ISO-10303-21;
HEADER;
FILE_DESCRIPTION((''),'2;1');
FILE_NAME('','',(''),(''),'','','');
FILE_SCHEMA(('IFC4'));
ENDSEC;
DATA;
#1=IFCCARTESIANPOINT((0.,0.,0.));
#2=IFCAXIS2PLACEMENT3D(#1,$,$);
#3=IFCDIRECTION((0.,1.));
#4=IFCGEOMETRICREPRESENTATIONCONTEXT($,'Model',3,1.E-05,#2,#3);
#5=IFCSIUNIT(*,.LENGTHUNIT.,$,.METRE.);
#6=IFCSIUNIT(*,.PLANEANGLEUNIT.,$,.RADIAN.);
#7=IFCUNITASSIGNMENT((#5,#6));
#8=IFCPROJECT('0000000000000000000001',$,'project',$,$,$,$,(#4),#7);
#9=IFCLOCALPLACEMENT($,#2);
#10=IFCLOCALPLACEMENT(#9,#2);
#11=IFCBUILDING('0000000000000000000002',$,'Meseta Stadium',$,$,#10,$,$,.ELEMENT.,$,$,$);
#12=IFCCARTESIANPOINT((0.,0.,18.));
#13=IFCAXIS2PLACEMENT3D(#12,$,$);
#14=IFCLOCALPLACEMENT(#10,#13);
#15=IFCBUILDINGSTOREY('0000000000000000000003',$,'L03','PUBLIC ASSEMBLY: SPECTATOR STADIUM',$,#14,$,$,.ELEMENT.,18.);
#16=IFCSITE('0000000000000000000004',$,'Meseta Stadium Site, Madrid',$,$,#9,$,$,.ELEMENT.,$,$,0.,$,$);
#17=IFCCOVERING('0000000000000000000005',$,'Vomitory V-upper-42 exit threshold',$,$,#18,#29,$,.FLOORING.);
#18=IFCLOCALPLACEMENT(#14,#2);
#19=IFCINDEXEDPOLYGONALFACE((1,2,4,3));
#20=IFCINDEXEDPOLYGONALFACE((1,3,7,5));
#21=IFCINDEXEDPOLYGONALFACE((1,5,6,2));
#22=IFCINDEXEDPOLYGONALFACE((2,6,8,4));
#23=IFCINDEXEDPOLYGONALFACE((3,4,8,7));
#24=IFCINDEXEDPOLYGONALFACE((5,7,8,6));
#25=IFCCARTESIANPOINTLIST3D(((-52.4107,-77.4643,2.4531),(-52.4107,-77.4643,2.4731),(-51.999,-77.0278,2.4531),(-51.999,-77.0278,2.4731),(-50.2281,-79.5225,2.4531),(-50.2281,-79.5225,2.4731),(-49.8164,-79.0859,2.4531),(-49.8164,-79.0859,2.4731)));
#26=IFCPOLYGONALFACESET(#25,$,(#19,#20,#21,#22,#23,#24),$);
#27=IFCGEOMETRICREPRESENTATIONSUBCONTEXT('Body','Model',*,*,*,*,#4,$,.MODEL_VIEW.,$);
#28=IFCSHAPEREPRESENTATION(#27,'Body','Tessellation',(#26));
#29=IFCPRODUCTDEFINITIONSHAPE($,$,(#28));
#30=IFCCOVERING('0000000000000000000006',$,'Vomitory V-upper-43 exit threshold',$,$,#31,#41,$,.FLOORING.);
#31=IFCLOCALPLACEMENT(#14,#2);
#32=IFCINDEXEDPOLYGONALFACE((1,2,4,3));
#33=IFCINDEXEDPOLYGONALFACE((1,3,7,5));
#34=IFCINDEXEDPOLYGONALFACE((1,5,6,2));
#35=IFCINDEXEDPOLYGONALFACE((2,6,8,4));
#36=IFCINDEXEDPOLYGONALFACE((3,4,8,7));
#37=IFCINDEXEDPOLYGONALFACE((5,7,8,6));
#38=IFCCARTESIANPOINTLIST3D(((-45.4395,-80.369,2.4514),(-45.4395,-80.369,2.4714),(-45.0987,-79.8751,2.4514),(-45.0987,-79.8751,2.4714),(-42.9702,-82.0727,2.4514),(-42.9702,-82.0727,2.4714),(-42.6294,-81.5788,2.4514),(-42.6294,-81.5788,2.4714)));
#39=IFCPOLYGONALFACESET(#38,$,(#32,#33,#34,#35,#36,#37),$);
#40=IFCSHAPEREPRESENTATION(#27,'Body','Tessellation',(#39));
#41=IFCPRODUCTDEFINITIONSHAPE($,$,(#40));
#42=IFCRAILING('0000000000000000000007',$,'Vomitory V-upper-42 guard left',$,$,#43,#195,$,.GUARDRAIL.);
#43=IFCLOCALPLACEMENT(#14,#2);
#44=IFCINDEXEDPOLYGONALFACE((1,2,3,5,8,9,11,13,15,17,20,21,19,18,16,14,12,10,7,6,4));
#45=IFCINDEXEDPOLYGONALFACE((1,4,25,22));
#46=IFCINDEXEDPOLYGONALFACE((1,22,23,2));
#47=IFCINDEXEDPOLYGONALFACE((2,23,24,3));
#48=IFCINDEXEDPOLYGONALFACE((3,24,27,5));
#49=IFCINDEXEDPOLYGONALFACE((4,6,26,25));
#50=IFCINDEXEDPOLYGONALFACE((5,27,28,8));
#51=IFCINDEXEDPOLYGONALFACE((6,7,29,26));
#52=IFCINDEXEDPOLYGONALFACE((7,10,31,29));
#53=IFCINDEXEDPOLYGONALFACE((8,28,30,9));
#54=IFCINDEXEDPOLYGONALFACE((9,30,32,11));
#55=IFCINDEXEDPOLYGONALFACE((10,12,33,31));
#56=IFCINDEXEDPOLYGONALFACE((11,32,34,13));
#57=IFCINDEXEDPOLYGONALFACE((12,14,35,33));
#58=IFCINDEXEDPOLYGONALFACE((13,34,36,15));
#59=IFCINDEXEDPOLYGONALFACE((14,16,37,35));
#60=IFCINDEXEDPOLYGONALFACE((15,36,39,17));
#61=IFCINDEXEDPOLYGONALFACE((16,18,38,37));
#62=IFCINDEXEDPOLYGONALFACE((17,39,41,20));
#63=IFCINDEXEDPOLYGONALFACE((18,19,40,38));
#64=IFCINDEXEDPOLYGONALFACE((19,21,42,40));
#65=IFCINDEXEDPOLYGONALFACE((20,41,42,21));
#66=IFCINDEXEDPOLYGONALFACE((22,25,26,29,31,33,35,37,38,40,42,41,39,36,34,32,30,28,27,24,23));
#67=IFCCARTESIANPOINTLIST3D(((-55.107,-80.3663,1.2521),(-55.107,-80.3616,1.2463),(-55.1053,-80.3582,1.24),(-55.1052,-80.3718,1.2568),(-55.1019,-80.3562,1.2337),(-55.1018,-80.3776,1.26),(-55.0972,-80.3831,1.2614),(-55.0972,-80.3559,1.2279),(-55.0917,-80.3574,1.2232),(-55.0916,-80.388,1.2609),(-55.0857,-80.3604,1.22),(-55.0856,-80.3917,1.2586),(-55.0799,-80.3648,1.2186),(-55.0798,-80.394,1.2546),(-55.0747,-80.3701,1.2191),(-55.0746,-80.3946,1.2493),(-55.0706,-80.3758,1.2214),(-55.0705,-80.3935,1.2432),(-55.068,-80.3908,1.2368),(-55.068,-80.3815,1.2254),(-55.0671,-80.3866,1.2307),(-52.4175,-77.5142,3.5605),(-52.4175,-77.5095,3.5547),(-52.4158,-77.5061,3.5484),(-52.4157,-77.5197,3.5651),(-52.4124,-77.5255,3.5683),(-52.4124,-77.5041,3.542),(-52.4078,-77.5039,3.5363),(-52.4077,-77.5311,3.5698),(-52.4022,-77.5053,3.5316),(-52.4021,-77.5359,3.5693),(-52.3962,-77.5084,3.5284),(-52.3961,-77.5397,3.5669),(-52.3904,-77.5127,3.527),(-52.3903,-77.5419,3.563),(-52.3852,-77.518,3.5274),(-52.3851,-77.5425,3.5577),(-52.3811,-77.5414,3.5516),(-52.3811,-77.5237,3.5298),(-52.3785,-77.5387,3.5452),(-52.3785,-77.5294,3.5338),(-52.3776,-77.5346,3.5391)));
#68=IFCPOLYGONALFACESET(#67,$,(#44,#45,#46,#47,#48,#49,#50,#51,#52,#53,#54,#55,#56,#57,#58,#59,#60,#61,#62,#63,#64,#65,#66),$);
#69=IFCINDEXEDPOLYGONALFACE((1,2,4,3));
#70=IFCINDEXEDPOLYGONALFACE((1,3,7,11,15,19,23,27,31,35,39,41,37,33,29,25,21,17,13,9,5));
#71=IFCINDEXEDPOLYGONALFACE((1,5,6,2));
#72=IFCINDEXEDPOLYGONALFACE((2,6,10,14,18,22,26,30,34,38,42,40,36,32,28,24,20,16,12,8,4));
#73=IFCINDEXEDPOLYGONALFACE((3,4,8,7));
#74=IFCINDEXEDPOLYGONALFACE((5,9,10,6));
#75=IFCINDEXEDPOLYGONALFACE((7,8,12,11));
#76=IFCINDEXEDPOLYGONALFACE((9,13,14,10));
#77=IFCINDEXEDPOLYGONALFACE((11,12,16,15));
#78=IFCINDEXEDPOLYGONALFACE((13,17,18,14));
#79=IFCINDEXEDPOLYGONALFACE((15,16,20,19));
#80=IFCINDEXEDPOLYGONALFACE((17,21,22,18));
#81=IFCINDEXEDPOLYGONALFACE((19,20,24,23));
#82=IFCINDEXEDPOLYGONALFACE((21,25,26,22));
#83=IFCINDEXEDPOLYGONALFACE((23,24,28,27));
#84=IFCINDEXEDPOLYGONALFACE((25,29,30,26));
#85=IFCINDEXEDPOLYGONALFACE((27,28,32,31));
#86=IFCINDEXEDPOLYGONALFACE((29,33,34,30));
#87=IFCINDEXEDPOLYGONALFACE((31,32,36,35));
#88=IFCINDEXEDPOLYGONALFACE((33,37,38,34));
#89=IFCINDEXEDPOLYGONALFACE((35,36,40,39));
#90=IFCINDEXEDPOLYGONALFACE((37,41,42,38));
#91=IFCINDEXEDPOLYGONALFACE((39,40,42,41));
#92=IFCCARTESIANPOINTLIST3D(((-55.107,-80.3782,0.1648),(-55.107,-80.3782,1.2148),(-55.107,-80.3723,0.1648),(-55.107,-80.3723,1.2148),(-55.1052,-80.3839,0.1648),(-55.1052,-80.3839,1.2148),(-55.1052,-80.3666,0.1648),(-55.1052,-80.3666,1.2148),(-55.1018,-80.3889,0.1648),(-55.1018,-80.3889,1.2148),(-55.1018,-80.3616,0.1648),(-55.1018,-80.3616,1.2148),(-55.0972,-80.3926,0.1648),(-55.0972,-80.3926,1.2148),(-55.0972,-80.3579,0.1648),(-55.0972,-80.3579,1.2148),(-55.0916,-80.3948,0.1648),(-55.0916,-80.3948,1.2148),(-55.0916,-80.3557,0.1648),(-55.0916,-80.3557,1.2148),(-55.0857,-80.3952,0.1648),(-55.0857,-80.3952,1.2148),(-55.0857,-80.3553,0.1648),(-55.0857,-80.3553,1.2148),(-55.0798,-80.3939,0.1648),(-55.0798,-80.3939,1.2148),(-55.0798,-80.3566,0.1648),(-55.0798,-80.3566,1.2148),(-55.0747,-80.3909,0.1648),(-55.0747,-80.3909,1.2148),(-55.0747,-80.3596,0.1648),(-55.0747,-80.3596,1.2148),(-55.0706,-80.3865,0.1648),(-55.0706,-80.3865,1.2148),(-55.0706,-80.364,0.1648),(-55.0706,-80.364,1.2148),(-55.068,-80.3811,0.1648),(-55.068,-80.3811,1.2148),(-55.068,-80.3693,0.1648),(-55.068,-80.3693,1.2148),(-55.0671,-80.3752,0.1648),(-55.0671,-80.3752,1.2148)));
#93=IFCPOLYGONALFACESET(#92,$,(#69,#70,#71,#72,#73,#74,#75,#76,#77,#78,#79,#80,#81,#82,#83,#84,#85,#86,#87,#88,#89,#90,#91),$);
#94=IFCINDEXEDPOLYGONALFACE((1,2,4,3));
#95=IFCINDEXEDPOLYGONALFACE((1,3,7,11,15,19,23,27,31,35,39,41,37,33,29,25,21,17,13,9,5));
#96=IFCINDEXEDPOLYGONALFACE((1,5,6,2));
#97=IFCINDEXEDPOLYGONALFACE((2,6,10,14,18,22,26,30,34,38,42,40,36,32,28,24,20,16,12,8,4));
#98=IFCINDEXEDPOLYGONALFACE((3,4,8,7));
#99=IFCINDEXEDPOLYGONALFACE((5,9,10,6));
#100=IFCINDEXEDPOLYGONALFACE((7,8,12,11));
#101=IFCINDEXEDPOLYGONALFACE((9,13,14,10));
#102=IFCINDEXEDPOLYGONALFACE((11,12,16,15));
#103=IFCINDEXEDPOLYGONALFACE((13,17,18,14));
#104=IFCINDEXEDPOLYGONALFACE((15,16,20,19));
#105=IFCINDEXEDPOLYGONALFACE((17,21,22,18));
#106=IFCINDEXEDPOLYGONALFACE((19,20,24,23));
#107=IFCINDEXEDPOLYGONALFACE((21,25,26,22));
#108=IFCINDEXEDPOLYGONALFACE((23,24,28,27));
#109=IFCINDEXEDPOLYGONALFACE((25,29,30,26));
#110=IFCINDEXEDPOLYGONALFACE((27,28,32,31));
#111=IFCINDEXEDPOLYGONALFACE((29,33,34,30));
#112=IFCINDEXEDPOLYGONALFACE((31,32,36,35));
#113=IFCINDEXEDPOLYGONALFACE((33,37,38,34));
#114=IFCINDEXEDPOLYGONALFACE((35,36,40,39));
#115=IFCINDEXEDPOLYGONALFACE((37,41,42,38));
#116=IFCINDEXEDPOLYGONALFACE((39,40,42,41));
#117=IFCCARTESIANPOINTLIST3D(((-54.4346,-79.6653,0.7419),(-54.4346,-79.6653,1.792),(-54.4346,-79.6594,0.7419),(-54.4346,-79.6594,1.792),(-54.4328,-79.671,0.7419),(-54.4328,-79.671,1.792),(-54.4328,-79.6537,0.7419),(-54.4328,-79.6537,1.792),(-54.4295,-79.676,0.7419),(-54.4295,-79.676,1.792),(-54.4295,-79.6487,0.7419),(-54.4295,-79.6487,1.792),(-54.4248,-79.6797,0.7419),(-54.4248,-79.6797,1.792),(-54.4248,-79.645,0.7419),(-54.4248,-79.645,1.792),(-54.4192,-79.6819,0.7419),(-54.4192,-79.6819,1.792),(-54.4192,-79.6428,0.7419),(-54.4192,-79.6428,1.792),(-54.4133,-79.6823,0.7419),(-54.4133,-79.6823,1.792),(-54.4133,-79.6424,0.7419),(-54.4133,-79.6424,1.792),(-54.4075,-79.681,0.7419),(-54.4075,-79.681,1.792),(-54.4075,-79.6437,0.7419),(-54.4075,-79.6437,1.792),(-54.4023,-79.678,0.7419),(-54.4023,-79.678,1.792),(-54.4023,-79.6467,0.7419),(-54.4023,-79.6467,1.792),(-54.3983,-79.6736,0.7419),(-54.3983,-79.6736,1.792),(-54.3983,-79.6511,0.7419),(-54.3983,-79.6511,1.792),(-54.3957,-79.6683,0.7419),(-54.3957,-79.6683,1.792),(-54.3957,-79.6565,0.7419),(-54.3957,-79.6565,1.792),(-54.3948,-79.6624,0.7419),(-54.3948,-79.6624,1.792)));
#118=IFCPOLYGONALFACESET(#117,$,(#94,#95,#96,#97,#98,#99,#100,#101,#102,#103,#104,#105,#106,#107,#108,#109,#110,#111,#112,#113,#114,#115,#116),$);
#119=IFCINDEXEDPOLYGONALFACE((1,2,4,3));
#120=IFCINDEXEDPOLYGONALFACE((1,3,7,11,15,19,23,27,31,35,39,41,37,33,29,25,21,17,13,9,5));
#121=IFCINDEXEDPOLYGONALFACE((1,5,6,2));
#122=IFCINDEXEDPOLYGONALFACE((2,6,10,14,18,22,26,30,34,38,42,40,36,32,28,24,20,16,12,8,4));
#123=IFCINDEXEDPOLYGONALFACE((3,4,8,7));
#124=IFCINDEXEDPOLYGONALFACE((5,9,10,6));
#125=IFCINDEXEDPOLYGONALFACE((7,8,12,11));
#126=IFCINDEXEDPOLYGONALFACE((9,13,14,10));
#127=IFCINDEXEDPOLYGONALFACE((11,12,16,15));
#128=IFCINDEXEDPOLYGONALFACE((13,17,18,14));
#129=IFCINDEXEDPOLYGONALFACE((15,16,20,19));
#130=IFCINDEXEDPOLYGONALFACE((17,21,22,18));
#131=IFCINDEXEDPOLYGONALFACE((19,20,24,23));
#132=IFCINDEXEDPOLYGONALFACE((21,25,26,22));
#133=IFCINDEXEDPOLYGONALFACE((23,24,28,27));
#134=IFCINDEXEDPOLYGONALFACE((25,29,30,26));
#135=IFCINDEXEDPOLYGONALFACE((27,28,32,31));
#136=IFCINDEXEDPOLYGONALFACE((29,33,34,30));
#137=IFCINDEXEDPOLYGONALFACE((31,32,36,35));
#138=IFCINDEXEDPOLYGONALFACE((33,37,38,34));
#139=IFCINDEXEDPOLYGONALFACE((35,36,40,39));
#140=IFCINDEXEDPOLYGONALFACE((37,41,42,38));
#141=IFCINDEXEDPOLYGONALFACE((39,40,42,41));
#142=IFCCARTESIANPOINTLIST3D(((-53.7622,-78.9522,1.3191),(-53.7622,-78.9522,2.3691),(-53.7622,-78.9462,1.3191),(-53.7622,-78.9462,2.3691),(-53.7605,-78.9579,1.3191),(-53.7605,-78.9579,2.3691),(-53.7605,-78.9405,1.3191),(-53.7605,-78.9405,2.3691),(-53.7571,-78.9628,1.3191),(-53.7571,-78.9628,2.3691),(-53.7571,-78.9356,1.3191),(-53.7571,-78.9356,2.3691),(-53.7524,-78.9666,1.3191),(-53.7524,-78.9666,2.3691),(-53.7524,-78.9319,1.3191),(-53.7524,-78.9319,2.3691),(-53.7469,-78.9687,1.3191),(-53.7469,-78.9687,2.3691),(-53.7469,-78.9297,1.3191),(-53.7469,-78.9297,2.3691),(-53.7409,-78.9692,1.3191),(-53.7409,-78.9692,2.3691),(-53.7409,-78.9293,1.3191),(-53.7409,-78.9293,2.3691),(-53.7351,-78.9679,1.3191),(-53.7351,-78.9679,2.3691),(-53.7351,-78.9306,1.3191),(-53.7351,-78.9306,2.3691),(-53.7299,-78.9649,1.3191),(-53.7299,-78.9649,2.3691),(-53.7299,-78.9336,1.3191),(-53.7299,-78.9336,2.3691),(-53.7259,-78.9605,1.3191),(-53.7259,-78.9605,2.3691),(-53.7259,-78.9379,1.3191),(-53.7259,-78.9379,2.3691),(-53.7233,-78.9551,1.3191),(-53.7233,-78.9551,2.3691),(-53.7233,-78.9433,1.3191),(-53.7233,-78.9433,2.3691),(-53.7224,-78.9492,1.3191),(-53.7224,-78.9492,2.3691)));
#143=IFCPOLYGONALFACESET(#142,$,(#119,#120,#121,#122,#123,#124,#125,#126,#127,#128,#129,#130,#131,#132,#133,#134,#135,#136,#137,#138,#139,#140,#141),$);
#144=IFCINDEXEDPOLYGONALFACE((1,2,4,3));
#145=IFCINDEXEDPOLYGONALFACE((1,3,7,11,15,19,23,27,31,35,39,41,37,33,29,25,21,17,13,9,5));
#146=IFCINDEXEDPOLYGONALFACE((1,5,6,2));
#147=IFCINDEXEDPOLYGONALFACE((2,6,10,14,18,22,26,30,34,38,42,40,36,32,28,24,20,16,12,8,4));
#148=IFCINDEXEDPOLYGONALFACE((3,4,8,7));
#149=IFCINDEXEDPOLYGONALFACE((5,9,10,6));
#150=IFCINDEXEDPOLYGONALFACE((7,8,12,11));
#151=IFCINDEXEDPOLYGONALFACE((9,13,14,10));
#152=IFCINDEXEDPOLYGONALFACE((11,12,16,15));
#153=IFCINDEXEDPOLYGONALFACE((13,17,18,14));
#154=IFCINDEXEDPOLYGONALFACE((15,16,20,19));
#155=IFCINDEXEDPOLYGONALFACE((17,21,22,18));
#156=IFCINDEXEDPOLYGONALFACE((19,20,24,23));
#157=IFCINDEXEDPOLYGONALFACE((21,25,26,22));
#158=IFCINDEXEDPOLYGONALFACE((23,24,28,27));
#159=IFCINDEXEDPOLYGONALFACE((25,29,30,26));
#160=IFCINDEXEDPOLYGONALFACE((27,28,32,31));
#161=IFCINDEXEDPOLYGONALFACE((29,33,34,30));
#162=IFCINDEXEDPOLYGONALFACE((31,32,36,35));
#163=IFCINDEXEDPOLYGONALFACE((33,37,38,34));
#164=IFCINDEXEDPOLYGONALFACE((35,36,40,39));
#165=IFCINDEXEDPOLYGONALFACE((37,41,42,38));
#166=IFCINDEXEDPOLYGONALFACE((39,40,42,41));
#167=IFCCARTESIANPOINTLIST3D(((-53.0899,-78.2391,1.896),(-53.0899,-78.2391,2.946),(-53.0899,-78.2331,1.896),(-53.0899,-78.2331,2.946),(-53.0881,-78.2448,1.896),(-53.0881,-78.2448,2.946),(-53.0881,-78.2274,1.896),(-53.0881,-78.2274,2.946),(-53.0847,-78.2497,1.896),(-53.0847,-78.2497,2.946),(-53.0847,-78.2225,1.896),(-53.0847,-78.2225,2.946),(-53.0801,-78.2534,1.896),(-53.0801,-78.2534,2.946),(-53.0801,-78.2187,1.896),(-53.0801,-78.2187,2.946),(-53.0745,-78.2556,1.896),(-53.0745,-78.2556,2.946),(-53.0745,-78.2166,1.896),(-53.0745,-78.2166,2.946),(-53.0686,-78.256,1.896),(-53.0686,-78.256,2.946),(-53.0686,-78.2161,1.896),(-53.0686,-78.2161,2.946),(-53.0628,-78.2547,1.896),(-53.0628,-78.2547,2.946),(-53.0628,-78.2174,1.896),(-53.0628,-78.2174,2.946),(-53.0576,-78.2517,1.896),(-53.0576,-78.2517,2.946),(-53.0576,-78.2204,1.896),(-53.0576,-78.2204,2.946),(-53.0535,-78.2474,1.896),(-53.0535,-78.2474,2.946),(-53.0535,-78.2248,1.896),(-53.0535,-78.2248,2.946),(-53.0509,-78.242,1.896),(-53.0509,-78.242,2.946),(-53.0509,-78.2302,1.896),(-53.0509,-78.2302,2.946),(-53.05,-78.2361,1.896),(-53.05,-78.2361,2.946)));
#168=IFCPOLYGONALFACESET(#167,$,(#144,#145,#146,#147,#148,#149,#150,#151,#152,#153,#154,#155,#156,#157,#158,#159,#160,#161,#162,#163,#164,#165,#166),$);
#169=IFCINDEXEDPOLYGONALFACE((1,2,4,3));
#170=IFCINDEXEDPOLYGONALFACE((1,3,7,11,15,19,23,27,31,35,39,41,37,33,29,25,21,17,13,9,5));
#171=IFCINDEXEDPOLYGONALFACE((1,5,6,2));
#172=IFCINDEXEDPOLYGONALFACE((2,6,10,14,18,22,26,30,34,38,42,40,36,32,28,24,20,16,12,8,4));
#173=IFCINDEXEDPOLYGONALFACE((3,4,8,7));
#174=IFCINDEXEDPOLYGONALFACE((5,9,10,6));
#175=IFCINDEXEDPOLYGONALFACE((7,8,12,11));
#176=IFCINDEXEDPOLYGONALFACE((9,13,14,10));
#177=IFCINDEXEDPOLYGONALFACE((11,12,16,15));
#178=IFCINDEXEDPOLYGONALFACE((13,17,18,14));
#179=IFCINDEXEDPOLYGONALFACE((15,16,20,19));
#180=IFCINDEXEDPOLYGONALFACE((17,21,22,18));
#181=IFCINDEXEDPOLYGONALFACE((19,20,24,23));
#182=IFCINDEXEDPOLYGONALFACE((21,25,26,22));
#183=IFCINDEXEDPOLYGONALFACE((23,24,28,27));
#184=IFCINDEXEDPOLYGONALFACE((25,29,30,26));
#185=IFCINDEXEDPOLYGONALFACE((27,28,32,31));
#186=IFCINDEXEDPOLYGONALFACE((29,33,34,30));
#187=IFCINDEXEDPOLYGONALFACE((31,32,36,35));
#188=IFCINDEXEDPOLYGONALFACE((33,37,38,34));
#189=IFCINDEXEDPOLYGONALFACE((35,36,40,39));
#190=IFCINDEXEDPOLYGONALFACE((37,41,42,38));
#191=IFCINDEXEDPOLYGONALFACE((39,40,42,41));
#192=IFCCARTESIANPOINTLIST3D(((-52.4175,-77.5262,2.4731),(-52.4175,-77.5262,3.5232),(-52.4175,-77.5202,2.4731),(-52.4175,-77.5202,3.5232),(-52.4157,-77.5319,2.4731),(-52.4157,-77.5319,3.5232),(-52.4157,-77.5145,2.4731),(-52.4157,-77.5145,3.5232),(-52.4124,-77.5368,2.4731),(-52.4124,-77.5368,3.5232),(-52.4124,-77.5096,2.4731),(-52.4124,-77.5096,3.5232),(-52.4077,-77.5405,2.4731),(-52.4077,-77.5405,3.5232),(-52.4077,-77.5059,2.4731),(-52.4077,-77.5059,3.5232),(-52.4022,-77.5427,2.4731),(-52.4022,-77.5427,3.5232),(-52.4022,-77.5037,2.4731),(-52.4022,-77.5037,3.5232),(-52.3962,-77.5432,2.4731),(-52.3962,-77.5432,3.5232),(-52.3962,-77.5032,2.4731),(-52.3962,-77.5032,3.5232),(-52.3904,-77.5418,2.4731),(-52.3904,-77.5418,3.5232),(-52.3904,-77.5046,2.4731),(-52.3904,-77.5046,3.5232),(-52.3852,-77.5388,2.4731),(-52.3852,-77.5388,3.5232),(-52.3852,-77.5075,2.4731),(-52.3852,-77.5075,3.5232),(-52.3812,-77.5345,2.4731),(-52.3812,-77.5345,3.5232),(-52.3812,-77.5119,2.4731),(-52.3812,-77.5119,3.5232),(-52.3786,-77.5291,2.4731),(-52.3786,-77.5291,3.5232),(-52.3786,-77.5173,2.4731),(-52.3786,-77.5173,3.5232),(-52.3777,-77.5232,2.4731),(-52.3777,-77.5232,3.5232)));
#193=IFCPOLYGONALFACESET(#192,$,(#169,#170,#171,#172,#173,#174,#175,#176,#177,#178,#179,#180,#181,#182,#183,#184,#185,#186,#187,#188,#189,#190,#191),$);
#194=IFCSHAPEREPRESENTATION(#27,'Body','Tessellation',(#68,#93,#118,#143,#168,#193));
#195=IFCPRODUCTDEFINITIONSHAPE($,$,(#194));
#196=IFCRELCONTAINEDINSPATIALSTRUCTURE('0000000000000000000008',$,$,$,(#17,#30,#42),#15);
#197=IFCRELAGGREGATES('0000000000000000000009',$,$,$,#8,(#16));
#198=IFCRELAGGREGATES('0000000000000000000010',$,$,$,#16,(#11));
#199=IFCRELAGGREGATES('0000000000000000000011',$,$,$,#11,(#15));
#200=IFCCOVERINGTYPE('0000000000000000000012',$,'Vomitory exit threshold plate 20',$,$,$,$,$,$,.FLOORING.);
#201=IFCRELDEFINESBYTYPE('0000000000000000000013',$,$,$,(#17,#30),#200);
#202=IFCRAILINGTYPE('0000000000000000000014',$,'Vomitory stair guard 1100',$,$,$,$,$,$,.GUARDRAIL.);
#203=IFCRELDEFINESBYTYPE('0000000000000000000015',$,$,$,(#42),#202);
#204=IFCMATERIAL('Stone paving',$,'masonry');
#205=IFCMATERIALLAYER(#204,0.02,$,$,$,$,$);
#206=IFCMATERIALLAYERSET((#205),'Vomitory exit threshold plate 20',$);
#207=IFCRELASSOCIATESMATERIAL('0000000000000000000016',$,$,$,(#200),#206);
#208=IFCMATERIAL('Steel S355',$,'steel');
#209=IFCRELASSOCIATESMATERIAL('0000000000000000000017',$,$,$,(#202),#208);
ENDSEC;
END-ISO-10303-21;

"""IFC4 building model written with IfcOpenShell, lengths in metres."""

from ifc_helpers import new_model, si_unit, direction, frame, origin, origin_2d, place, context, subcontext, project, spatial, rectangle, circle, extrude, material, layer, layer_set, type_object, element, save


model = new_model("IFC4")

# Units and contexts
model_context = context("Model", 3, precision=1e-05, world=origin(), true_north=direction((0.0, 1.0)))
body_context = subcontext(model_context, "Body", "Model", "MODEL_VIEW")
ifc_project = project(units=[si_unit("LENGTHUNIT", "METRE"), si_unit("PLANEANGLEUNIT", "RADIAN")], contexts=[model_context])

# Site, building, storey
site_placement = place(None, origin())
site = spatial("IfcSite", under=ifc_project, at=site_placement, Name="Meseta Stadium Site, Madrid", CompositionType="ELEMENT", RefElevation=0.0)
building_placement = place(site_placement, origin())
building = spatial("IfcBuilding", under=site, at=building_placement, Name="Meseta Stadium", CompositionType="ELEMENT")
storey_placement = place(building_placement, frame((0.0, 0.0, 18.0)))
storey = spatial("IfcBuildingStorey", under=building, at=storey_placement, Name="L03", Description="PUBLIC ASSEMBLY: SPECTATOR STADIUM", CompositionType="ELEMENT", Elevation=18.0)

# Coverings
ifc_material_1 = material(Name="Stone paving", Category="masonry")
ifc_layer_1 = layer(ifc_material_1, 0.02)
ifc_layer_set_1 = layer_set([ifc_layer_1], Name="Vomitory exit threshold plate 20")
covering_type = type_object("IfcCoveringType", Name="Vomitory exit threshold plate 20", PredefinedType="FLOORING", material=ifc_layer_set_1)
for number, where, z_axis, x_axis, name in (
    (1, (-51.1135, -78.2751, 2.4531), (0.0, 0.0, 1.0), (0.686065, 0.727541, 0.0), "Vomitory V-upper-42 exit threshold"),
    (2, (-44.0344, -80.9739, 2.4514), (0.0, 0.0, 1.0), (0.5679, 0.823098, 0.0), "Vomitory V-upper-43 exit threshold"),
):
    element("IfcCovering", number, at=place(storey_placement, frame(where, z_axis=z_axis, x_axis=x_axis)), inside=storey, type_object=covering_type, Name=name, PredefinedType="FLOORING", context=body_context, shape_type="SweptSolid", body=[
        extrude(rectangle(XDim=0.6001, YDim=3.0, at=origin_2d()), origin(), (0.0, 0.0, 1.0), 0.02),
    ])

# Railing
ifc_material_2 = material(Name="Steel S355", Category="steel")
railing_type_1 = type_object("IfcRailingType", Name="Vomitory stair guard 1100", PredefinedType="GUARDRAIL", material=ifc_material_2)
for number, where, name in (
    (3, (-55.0872, -80.3752, 0.1648), "Vomitory V-upper-42 guard left"),
):
    element("IfcRailing", number, at=place(storey_placement, frame(where)), inside=storey, type_object=railing_type_1, Name=name, PredefinedType="GUARDRAIL", context=body_context, shape_type="SweptSolid", body=[
        extrude(circle(Radius=0.0249, at=origin_2d()), frame((0.0, 0.0, 1.0752), z_axis=(0.591184, 0.626925, 0.507411), x_axis=(-0.727541, 0.686064, 0.0)), (0.0, 0.0, 1.0), 4.5493),
        extrude(circle(Radius=0.02, at=origin_2d()), origin(), (0.0, 0.0, 1.0), 1.05),
        extrude(circle(Radius=0.02, at=origin_2d()), frame((0.6724, 0.7129, 0.5771)), (0.0, 0.0, 1.0), 1.05),
        extrude(circle(Radius=0.02, at=origin_2d()), frame((1.3447, 1.426, 1.1543)), (0.0, 0.0, 1.0), 1.05),
        extrude(circle(Radius=0.02, at=origin_2d()), frame((2.0171, 2.1392, 1.7312)), (0.0, 0.0, 1.0), 1.05),
        extrude(circle(Radius=0.02, at=origin_2d()), frame((2.6895, 2.8521, 2.3083)), (0.0, 0.0, 1.0), 1.05),
    ])

save(model, "model.ifc")
